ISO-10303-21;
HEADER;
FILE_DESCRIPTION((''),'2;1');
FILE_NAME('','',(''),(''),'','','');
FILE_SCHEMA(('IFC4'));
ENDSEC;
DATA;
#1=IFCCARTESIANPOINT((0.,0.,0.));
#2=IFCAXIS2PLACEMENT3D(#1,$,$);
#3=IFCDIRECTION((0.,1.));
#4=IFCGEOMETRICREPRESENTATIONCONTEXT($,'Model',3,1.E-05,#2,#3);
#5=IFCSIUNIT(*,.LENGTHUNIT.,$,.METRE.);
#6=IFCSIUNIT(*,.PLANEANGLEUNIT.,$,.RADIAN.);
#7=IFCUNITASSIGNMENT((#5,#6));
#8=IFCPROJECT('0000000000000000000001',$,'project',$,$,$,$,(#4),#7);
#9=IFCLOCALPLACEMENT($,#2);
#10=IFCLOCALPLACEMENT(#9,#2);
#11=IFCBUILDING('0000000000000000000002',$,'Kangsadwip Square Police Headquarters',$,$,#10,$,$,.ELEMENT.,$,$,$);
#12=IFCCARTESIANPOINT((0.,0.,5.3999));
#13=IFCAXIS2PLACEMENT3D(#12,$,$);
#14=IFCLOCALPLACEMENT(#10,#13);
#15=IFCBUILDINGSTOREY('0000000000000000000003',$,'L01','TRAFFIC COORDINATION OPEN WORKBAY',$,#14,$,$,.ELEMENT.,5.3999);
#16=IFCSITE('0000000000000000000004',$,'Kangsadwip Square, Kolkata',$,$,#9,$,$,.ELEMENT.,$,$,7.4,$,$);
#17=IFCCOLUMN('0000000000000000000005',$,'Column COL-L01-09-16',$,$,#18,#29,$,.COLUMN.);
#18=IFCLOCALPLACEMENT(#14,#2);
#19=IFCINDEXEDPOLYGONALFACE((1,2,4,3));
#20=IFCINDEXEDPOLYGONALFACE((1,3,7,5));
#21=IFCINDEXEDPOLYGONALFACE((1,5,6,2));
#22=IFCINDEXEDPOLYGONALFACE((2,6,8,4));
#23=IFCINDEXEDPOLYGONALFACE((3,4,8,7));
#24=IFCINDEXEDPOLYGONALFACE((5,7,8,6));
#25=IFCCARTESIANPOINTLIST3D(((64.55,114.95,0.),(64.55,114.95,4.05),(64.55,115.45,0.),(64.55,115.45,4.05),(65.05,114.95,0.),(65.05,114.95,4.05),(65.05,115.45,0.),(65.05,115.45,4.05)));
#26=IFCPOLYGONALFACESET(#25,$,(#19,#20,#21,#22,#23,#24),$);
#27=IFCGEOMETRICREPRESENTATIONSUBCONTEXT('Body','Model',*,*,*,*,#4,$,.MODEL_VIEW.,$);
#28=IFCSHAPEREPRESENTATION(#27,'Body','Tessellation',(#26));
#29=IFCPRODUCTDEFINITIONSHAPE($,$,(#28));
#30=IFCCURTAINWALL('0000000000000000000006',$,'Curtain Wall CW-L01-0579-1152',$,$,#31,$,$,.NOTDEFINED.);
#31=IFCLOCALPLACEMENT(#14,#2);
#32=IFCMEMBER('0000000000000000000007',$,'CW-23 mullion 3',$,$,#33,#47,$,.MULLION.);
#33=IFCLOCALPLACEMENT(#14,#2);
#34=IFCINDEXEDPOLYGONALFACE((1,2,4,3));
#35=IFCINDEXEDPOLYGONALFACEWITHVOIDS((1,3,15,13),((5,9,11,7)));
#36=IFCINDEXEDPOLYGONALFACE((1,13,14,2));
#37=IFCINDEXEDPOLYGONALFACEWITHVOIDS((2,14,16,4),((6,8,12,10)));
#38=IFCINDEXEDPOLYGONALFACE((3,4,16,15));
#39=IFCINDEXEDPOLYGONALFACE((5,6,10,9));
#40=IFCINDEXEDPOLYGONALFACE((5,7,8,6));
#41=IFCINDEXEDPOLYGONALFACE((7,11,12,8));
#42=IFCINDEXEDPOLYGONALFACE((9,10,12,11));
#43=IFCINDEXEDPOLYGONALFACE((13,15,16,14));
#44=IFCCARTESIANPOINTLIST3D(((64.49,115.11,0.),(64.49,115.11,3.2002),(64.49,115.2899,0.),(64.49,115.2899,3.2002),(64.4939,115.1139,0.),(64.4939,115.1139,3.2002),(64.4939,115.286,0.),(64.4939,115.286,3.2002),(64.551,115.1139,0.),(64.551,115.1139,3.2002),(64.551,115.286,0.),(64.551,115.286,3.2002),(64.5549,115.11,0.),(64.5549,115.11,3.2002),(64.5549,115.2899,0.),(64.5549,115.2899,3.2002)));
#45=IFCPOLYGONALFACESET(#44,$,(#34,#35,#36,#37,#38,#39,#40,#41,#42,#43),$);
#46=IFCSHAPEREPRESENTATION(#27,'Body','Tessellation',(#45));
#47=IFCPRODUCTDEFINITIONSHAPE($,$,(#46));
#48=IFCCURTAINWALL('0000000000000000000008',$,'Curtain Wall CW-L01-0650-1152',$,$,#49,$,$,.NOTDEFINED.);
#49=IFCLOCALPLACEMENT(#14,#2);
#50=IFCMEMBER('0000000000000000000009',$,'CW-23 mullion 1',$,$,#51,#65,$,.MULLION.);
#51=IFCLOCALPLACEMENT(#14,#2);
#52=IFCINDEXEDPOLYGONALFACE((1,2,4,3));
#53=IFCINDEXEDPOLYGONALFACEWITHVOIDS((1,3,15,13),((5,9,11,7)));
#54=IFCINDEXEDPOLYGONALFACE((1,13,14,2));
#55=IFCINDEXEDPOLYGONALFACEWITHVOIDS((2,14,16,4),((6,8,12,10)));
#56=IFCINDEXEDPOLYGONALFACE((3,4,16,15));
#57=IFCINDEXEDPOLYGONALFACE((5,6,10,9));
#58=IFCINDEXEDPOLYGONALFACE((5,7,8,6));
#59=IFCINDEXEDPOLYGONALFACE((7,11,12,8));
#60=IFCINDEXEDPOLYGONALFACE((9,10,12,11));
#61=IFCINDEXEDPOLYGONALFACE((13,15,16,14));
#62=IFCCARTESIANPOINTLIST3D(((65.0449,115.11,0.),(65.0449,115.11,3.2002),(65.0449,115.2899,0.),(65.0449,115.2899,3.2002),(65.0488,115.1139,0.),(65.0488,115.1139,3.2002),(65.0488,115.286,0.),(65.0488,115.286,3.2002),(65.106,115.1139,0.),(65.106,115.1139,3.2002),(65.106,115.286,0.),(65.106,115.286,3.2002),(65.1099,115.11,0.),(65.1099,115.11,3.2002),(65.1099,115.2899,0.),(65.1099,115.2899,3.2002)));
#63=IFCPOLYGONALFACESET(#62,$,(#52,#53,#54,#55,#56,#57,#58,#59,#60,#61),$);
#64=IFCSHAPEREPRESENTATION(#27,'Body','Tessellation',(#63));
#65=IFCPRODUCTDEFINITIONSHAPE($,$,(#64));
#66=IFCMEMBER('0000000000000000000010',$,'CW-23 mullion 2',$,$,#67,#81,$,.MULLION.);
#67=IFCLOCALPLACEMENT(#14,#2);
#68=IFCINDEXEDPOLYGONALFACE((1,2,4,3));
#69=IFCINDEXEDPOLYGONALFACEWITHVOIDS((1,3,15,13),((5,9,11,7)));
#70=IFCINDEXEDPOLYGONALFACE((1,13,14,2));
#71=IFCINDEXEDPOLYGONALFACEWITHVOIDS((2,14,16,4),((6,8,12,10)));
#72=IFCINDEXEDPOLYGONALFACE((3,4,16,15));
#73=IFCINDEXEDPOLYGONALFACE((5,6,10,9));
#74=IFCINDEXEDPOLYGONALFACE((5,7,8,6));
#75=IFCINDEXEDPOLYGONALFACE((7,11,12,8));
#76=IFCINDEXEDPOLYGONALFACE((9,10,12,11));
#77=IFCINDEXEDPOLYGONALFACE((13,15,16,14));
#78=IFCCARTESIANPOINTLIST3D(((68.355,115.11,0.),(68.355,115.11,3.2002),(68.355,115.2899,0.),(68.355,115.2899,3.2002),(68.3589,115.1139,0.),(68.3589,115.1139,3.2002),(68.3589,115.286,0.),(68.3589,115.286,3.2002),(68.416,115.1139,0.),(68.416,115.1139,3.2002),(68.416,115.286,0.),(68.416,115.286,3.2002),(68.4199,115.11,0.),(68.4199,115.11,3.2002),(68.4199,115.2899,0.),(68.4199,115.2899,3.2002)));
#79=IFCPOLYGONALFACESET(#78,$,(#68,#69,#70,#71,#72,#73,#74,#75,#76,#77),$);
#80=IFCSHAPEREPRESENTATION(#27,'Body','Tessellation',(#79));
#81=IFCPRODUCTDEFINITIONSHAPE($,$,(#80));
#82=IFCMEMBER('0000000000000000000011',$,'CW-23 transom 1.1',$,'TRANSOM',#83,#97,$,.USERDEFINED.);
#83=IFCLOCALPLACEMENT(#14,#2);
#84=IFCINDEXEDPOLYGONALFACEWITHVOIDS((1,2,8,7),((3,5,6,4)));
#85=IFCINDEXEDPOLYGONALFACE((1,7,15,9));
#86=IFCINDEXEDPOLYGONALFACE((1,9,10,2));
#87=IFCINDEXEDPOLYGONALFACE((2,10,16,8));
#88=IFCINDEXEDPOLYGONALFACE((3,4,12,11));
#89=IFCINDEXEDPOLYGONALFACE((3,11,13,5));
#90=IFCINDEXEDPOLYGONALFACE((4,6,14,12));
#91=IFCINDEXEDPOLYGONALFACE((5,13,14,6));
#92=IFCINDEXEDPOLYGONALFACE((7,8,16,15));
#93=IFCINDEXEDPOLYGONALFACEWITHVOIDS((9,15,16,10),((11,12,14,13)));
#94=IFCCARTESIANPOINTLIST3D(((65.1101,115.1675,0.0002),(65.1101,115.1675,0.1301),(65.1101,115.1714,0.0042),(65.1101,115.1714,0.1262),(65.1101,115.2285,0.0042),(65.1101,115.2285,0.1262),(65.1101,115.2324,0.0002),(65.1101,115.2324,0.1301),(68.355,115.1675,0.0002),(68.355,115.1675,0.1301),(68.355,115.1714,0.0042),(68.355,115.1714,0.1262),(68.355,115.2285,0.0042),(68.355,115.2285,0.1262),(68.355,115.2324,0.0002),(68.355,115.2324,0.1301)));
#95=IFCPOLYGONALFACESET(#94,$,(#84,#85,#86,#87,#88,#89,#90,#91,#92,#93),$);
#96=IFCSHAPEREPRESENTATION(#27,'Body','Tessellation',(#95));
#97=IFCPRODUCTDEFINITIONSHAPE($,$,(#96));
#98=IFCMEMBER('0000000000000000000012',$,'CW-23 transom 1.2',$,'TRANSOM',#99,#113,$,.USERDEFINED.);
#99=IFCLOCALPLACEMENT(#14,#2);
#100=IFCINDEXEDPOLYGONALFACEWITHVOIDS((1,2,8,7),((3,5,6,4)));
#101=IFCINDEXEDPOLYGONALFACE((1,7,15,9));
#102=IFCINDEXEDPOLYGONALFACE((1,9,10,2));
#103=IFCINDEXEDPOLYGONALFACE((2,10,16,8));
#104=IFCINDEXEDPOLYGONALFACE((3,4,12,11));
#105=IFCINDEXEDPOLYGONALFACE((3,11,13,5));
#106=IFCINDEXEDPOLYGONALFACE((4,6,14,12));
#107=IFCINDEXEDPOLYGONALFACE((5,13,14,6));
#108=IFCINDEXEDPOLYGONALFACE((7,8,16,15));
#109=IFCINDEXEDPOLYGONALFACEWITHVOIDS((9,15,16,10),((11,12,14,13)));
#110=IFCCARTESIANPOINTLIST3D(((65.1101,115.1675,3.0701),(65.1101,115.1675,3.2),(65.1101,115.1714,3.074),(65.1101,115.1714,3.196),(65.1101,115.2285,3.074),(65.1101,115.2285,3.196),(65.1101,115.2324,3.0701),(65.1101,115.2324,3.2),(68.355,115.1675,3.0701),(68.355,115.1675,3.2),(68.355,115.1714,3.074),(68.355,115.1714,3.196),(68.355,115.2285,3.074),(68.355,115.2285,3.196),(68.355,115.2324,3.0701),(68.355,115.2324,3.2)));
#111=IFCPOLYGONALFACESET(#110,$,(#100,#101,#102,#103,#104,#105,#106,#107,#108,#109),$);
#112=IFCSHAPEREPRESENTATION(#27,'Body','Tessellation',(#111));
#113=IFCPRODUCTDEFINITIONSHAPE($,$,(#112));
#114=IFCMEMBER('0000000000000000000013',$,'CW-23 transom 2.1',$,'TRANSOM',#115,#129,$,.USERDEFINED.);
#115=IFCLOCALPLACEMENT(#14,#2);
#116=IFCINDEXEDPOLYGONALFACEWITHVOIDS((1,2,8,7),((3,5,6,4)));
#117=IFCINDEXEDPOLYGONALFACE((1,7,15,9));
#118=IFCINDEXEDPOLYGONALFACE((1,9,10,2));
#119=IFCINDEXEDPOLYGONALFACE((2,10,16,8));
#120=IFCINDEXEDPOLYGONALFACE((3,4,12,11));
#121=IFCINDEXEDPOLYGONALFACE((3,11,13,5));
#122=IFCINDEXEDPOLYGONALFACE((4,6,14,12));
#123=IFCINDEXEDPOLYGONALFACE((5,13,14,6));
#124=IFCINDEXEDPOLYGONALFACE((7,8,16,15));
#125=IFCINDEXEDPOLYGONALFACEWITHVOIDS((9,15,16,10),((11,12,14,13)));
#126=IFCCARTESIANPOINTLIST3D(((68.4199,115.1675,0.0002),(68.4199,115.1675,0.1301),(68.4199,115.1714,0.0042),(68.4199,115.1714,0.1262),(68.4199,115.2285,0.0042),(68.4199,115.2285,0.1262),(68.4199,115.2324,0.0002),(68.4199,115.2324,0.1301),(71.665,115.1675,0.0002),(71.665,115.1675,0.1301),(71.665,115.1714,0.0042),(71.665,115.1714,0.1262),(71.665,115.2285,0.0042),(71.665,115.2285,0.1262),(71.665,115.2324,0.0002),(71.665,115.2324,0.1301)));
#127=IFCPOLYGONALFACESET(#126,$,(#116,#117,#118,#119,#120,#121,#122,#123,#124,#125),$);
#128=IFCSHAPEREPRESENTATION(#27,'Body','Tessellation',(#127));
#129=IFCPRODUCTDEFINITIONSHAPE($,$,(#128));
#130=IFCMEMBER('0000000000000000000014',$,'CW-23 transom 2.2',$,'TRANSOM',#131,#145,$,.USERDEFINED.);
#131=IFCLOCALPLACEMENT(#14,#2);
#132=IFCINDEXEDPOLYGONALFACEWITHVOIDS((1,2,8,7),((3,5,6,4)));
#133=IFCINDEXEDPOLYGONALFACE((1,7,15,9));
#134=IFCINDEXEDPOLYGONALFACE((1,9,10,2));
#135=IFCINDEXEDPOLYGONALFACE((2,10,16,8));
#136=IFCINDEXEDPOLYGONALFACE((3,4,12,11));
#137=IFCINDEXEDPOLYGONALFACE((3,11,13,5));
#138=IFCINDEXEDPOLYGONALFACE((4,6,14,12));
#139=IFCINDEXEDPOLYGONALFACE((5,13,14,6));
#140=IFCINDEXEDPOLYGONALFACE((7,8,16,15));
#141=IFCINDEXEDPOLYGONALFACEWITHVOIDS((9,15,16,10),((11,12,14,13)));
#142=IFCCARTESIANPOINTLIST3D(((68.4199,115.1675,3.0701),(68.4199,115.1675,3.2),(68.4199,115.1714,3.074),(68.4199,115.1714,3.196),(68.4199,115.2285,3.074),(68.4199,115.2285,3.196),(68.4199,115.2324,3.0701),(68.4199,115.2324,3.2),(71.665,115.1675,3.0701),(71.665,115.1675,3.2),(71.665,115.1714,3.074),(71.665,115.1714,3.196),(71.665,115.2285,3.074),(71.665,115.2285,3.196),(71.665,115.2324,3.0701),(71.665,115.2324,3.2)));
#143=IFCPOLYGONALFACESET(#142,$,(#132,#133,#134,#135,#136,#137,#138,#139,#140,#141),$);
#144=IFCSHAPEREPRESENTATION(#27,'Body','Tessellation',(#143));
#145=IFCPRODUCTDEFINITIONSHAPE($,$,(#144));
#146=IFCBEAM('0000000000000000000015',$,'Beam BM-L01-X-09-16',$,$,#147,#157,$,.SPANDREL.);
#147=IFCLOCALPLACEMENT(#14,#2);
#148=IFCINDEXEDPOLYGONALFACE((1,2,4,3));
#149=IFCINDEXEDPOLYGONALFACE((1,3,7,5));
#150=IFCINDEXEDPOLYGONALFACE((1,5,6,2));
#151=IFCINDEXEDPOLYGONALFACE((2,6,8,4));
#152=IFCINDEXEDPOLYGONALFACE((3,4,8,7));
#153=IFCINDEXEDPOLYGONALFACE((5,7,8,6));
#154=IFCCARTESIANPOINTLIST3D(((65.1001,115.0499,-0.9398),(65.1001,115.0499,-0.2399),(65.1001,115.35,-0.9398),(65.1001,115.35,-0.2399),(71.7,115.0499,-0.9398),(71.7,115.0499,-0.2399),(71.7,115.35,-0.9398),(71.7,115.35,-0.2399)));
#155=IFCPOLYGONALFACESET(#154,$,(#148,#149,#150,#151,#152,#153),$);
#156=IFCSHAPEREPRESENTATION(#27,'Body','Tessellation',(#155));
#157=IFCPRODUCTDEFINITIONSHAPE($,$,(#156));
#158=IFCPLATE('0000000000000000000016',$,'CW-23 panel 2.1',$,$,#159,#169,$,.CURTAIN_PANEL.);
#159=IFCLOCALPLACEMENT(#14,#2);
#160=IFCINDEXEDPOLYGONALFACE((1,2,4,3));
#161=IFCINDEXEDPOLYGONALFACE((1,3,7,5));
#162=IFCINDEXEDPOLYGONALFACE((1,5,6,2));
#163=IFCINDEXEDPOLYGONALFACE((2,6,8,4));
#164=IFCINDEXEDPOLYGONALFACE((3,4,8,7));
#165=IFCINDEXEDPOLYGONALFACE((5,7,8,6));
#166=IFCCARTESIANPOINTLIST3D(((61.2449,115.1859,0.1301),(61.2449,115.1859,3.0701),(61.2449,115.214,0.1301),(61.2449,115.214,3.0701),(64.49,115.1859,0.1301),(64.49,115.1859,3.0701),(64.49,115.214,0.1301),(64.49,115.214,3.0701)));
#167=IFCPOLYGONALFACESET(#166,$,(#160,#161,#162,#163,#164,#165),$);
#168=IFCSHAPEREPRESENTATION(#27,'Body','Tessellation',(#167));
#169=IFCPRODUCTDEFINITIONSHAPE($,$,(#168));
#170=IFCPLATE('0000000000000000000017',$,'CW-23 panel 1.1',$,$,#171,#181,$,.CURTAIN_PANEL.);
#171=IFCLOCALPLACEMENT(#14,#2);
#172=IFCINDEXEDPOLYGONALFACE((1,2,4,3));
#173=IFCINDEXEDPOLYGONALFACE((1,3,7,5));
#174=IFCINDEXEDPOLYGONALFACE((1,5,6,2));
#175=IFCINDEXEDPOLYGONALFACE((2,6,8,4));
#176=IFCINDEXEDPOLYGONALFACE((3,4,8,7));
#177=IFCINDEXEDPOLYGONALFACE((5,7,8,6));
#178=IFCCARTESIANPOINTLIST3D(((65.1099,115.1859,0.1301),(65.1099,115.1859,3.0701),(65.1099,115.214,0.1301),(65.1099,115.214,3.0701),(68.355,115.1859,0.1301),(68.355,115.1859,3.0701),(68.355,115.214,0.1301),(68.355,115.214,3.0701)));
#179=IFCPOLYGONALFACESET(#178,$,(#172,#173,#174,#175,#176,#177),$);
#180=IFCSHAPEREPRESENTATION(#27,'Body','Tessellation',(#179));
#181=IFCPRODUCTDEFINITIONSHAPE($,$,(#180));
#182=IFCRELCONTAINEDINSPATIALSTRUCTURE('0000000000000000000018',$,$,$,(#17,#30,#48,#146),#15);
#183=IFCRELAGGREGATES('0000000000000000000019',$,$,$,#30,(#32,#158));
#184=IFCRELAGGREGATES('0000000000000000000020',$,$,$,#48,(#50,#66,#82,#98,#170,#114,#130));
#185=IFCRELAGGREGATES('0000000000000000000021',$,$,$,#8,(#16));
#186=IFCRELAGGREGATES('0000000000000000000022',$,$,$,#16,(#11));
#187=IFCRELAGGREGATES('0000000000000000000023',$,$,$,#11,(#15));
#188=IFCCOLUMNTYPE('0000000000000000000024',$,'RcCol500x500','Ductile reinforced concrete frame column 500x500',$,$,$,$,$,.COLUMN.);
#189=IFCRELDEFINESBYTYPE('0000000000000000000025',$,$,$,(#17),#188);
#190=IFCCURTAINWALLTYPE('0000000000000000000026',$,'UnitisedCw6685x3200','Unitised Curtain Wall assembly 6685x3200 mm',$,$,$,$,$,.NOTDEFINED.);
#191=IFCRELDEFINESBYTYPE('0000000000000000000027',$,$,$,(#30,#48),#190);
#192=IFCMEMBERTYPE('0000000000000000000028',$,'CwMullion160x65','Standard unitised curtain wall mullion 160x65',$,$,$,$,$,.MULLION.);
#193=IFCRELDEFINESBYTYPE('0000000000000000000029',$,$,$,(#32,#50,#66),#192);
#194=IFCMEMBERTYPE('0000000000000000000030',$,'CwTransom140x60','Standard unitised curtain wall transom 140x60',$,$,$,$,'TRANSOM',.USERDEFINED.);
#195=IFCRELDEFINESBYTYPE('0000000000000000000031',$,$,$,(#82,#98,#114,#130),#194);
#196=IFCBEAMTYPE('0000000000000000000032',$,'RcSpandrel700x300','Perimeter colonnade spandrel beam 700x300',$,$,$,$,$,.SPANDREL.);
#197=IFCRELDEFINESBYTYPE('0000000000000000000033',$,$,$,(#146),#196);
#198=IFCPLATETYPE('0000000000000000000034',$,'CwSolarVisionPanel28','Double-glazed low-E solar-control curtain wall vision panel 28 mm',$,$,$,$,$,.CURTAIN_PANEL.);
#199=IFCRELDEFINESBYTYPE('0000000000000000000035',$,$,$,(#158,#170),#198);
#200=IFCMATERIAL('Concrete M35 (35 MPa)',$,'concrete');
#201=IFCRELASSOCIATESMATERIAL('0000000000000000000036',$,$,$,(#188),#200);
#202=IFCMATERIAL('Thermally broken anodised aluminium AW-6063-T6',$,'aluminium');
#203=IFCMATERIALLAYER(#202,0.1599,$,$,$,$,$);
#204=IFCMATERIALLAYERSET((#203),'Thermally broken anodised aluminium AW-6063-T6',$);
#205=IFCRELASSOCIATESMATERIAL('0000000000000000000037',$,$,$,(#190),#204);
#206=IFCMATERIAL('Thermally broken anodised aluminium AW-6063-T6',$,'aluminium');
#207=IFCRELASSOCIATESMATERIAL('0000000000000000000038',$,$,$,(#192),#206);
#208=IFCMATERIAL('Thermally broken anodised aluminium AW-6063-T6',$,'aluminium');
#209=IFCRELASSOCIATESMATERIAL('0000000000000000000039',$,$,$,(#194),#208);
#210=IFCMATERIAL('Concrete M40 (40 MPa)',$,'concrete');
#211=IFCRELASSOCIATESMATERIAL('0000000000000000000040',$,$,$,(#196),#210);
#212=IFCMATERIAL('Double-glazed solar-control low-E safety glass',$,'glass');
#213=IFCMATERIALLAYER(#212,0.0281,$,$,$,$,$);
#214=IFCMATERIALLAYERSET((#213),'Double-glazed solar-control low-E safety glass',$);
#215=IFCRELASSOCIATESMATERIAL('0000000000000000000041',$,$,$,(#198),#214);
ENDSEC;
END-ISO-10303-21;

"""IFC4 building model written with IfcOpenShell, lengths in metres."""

from ifc_helpers import new_model, si_unit, direction, frame, origin, origin_2d, place, context, subcontext, project, spatial, rectangle, hollow_rectangle, extrude, material, layer, layer_set, material_profile, profile_set, type_object, element, aggregate, save


model = new_model("IFC4")

# Units and contexts
model_context = context("Model", 3, precision=1e-05, world=origin(), true_north=direction((0.0, 1.0)))
body_context = subcontext(model_context, "Body", "Model", "MODEL_VIEW")
ifc_project = project(units=[si_unit("LENGTHUNIT", "METRE"), si_unit("PLANEANGLEUNIT", "RADIAN")], contexts=[model_context])

# Site, building, storey
site_placement = place(None, origin())
site = spatial("IfcSite", under=ifc_project, at=site_placement, Name="Kangsadwip Square, Kolkata", CompositionType="ELEMENT", RefElevation=7.4)
building_placement = place(site_placement, origin())
building = spatial("IfcBuilding", under=site, at=building_placement, Name="Kangsadwip Square Police Headquarters", CompositionType="ELEMENT")
storey_placement = place(building_placement, frame((0.0, 0.0, 5.3999)))
storey = spatial("IfcBuildingStorey", under=building, at=storey_placement, Name="L01", Description="TRAFFIC COORDINATION OPEN WORKBAY", CompositionType="ELEMENT", Elevation=5.3999)

# Column
ifc_material_1 = material(Name="Concrete M35 (35 MPa)", Category="concrete")
ifc_material_profile_1 = material_profile(ifc_material_1, rectangle(XDim=0.5, YDim=0.5, at=origin_2d()), Name="RC COL 500X500")
ifc_profile_set_1 = profile_set([ifc_material_profile_1], Name="Concrete M35 (35 MPa)")
column_type = type_object("IfcColumnType", Name="RcCol500x500", Description="Ductile reinforced concrete frame column 500x500", PredefinedType="COLUMN", material=ifc_profile_set_1)
column_placement = place(storey_placement, frame((64.8, 115.2, 0.0), z_axis=(0.0, 0.0, 1.0), x_axis=(1.0, 0.0, 0.0)))
element("IfcColumn", 1, at=column_placement, inside=storey, type_object=column_type, Name="Column COL-L01-09-16", PredefinedType="COLUMN", context=body_context, shape_type="SweptSolid", body=[
    extrude(rectangle(XDim=0.5, YDim=0.5, at=origin_2d()), origin(), (0.0, 0.0, 1.0), 4.05),
])

# Curtain wall, member
ifc_material_2 = material(Name="Thermally broken anodised aluminium AW-6063-T6", Category="aluminium")
ifc_layer_1 = layer(ifc_material_2, 0.1599)
ifc_layer_set_1 = layer_set([ifc_layer_1], Name="Thermally broken anodised aluminium AW-6063-T6")
curtain_wall_type = type_object("IfcCurtainWallType", Name="UnitisedCw6685x3200", Description="Unitised Curtain Wall assembly 6685x3200 mm", PredefinedType="NOTDEFINED", material=ifc_layer_set_1)
curtain_wall_1_placement = place(storey_placement, origin())
curtain_wall_1 = element("IfcCurtainWall", 2, at=curtain_wall_1_placement, inside=storey, type_object=curtain_wall_type, Name="Curtain Wall CW-L01-0579-1152", PredefinedType="NOTDEFINED")
ifc_material_3 = material(Name="Thermally broken anodised aluminium AW-6063-T6", Category="aluminium")
ifc_material_profile_2 = material_profile(ifc_material_3, hollow_rectangle(XDim=0.0649, YDim=0.1799, WallThickness=0.0039, at=origin_2d()), Name="CWM 180X65X4")
ifc_profile_set_2 = profile_set([ifc_material_profile_2], Name="Thermally broken anodised aluminium AW-6063-T6")
member_type_1 = type_object("IfcMemberType", Name="CwMullion160x65", Description="Standard unitised curtain wall mullion 160x65", PredefinedType="MULLION", material=ifc_profile_set_2)
member_1_placement = place(storey_placement, frame((64.5225, 115.2, 0.0), z_axis=(0.0, 0.0, 1.0), x_axis=(1.0, 0.0, 0.0)))
member_1 = element("IfcMember", 3, at=member_1_placement, type_object=member_type_1, Name="CW-23 mullion 3", PredefinedType="MULLION", context=body_context, shape_type="SweptSolid", body=[
    extrude(hollow_rectangle(XDim=0.0649, YDim=0.1799, WallThickness=0.0039, at=origin_2d()), origin(), (0.0, 0.0, 1.0), 3.2002),
])

# Curtain wall, members
curtain_wall_2_placement = place(storey_placement, origin())
curtain_wall_2 = element("IfcCurtainWall", 4, at=curtain_wall_2_placement, inside=storey, type_object=curtain_wall_type, Name="Curtain Wall CW-L01-0650-1152", PredefinedType="NOTDEFINED")
member_2_placement = place(storey_placement, frame((65.0774, 115.2, 0.0), z_axis=(0.0, 0.0, 1.0), x_axis=(1.0, 0.0, 0.0)))
member_2 = element("IfcMember", 5, at=member_2_placement, type_object=member_type_1, Name="CW-23 mullion 1", PredefinedType="MULLION", context=body_context, shape_type="SweptSolid", body=[
    extrude(hollow_rectangle(XDim=0.0649, YDim=0.1799, WallThickness=0.0039, at=origin_2d()), origin(), (0.0, 0.0, 1.0), 3.2002),
])
member_3_placement = place(storey_placement, frame((68.3875, 115.2, 0.0), z_axis=(0.0, 0.0, 1.0), x_axis=(1.0, 0.0, 0.0)))
member_3 = element("IfcMember", 6, at=member_3_placement, type_object=member_type_1, Name="CW-23 mullion 2", PredefinedType="MULLION", context=body_context, shape_type="SweptSolid", body=[
    extrude(hollow_rectangle(XDim=0.0649, YDim=0.1799, WallThickness=0.0039, at=origin_2d()), origin(), (0.0, 0.0, 1.0), 3.2002),
])
ifc_material_4 = material(Name="Thermally broken anodised aluminium AW-6063-T6", Category="aluminium")
ifc_material_profile_3 = material_profile(ifc_material_4, hollow_rectangle(XDim=0.0649, YDim=0.1299, WallThickness=0.0039, at=origin_2d()), Name="CWT 130X65X4")
ifc_profile_set_3 = profile_set([ifc_material_profile_3], Name="Thermally broken anodised aluminium AW-6063-T6")
member_type_2 = type_object("IfcMemberType", Name="CwTransom140x60", Description="Standard unitised curtain wall transom 140x60", ElementType="TRANSOM", PredefinedType="USERDEFINED", material=ifc_profile_set_3)
member_4_placement = place(storey_placement, frame((65.1101, 115.2, 0.0652), z_axis=(1.0, 0.0, 0.0), x_axis=(0.0, 1.0, 0.0)))
member_4 = element("IfcMember", 7, at=member_4_placement, type_object=member_type_2, Name="CW-23 transom 1.1", ObjectType="TRANSOM", PredefinedType="USERDEFINED", context=body_context, shape_type="SweptSolid", body=[
    extrude(hollow_rectangle(XDim=0.0649, YDim=0.1299, WallThickness=0.0039, at=origin_2d()), origin(), (0.0, 0.0, 1.0), 3.2449),
])
member_5_placement = place(storey_placement, frame((65.1101, 115.2, 3.135), z_axis=(1.0, 0.0, 0.0), x_axis=(0.0, 1.0, 0.0)))
member_5 = element("IfcMember", 8, at=member_5_placement, type_object=member_type_2, Name="CW-23 transom 1.2", ObjectType="TRANSOM", PredefinedType="USERDEFINED", context=body_context, shape_type="SweptSolid", body=[
    extrude(hollow_rectangle(XDim=0.0649, YDim=0.1299, WallThickness=0.0039, at=origin_2d()), origin(), (0.0, 0.0, 1.0), 3.2449),
])
member_6_placement = place(storey_placement, frame((68.4199, 115.2, 0.0652), z_axis=(1.0, 0.0, 0.0), x_axis=(0.0, 1.0, 0.0)))
member_6 = element("IfcMember", 9, at=member_6_placement, type_object=member_type_2, Name="CW-23 transom 2.1", ObjectType="TRANSOM", PredefinedType="USERDEFINED", context=body_context, shape_type="SweptSolid", body=[
    extrude(hollow_rectangle(XDim=0.0649, YDim=0.1299, WallThickness=0.0039, at=origin_2d()), origin(), (0.0, 0.0, 1.0), 3.2451),
])
member_7_placement = place(storey_placement, frame((68.4199, 115.2, 3.135), z_axis=(1.0, 0.0, 0.0), x_axis=(0.0, 1.0, 0.0)))
member_7 = element("IfcMember", 10, at=member_7_placement, type_object=member_type_2, Name="CW-23 transom 2.2", ObjectType="TRANSOM", PredefinedType="USERDEFINED", context=body_context, shape_type="SweptSolid", body=[
    extrude(hollow_rectangle(XDim=0.0649, YDim=0.1299, WallThickness=0.0039, at=origin_2d()), origin(), (0.0, 0.0, 1.0), 3.2451),
])

# Beam
ifc_material_5 = material(Name="Concrete M40 (40 MPa)", Category="concrete")
ifc_material_profile_4 = material_profile(ifc_material_5, rectangle(XDim=0.3, YDim=0.7, at=origin_2d()), Name="RC SPN 700X300")
ifc_profile_set_4 = profile_set([ifc_material_profile_4], Name="Concrete M40 (40 MPa)")
beam_type = type_object("IfcBeamType", Name="RcSpandrel700x300", Description="Perimeter colonnade spandrel beam 700x300", PredefinedType="SPANDREL", material=ifc_profile_set_4)
beam_placement = place(storey_placement, frame((65.1001, 115.2, -0.5898), z_axis=(1.0, 0.0, 0.0), x_axis=(0.0, 1.0, 0.0)))
element("IfcBeam", 11, at=beam_placement, inside=storey, type_object=beam_type, Name="Beam BM-L01-X-09-16", PredefinedType="SPANDREL", context=body_context, shape_type="SweptSolid", body=[
    extrude(rectangle(XDim=0.3, YDim=0.7, at=origin_2d()), origin(), (0.0, 0.0, 1.0), 6.5999),
])

# Plates
ifc_material_6 = material(Name="Double-glazed solar-control low-E safety glass", Category="glass")
ifc_layer_2 = layer(ifc_material_6, 0.0281)
ifc_layer_set_2 = layer_set([ifc_layer_2], Name="Double-glazed solar-control low-E safety glass")
plate_type_1 = type_object("IfcPlateType", Name="CwSolarVisionPanel28", Description="Double-glazed low-E solar-control curtain wall vision panel 28 mm", PredefinedType="CURTAIN_PANEL", material=ifc_layer_set_2)
plate_1_placement = place(storey_placement, frame((62.8674, 115.2, 0.1301), z_axis=(0.0, 0.0, 1.0), x_axis=(1.0, 0.0, 0.0)))
plate_1 = element("IfcPlate", 12, at=plate_1_placement, type_object=plate_type_1, Name="CW-23 panel 2.1", PredefinedType="CURTAIN_PANEL", context=body_context, shape_type="SweptSolid", body=[
    extrude(rectangle(XDim=3.2451, YDim=0.0281, at=origin_2d()), origin(), (0.0, 0.0, 1.0), 2.9399),
])
aggregate(curtain_wall_1, [member_1, plate_1])
plate_2_placement = place(storey_placement, frame((66.7324, 115.2, 0.1301), z_axis=(0.0, 0.0, 1.0), x_axis=(1.0, 0.0, 0.0)))
plate_2 = element("IfcPlate", 13, at=plate_2_placement, type_object=plate_type_1, Name="CW-23 panel 1.1", PredefinedType="CURTAIN_PANEL", context=body_context, shape_type="SweptSolid", body=[
    extrude(rectangle(XDim=3.2451, YDim=0.0281, at=origin_2d()), origin(), (0.0, 0.0, 1.0), 2.9399),
])
aggregate(curtain_wall_2, [member_2, member_3, member_4, member_5, plate_2, member_6, member_7])

save(model, "model.ifc")
